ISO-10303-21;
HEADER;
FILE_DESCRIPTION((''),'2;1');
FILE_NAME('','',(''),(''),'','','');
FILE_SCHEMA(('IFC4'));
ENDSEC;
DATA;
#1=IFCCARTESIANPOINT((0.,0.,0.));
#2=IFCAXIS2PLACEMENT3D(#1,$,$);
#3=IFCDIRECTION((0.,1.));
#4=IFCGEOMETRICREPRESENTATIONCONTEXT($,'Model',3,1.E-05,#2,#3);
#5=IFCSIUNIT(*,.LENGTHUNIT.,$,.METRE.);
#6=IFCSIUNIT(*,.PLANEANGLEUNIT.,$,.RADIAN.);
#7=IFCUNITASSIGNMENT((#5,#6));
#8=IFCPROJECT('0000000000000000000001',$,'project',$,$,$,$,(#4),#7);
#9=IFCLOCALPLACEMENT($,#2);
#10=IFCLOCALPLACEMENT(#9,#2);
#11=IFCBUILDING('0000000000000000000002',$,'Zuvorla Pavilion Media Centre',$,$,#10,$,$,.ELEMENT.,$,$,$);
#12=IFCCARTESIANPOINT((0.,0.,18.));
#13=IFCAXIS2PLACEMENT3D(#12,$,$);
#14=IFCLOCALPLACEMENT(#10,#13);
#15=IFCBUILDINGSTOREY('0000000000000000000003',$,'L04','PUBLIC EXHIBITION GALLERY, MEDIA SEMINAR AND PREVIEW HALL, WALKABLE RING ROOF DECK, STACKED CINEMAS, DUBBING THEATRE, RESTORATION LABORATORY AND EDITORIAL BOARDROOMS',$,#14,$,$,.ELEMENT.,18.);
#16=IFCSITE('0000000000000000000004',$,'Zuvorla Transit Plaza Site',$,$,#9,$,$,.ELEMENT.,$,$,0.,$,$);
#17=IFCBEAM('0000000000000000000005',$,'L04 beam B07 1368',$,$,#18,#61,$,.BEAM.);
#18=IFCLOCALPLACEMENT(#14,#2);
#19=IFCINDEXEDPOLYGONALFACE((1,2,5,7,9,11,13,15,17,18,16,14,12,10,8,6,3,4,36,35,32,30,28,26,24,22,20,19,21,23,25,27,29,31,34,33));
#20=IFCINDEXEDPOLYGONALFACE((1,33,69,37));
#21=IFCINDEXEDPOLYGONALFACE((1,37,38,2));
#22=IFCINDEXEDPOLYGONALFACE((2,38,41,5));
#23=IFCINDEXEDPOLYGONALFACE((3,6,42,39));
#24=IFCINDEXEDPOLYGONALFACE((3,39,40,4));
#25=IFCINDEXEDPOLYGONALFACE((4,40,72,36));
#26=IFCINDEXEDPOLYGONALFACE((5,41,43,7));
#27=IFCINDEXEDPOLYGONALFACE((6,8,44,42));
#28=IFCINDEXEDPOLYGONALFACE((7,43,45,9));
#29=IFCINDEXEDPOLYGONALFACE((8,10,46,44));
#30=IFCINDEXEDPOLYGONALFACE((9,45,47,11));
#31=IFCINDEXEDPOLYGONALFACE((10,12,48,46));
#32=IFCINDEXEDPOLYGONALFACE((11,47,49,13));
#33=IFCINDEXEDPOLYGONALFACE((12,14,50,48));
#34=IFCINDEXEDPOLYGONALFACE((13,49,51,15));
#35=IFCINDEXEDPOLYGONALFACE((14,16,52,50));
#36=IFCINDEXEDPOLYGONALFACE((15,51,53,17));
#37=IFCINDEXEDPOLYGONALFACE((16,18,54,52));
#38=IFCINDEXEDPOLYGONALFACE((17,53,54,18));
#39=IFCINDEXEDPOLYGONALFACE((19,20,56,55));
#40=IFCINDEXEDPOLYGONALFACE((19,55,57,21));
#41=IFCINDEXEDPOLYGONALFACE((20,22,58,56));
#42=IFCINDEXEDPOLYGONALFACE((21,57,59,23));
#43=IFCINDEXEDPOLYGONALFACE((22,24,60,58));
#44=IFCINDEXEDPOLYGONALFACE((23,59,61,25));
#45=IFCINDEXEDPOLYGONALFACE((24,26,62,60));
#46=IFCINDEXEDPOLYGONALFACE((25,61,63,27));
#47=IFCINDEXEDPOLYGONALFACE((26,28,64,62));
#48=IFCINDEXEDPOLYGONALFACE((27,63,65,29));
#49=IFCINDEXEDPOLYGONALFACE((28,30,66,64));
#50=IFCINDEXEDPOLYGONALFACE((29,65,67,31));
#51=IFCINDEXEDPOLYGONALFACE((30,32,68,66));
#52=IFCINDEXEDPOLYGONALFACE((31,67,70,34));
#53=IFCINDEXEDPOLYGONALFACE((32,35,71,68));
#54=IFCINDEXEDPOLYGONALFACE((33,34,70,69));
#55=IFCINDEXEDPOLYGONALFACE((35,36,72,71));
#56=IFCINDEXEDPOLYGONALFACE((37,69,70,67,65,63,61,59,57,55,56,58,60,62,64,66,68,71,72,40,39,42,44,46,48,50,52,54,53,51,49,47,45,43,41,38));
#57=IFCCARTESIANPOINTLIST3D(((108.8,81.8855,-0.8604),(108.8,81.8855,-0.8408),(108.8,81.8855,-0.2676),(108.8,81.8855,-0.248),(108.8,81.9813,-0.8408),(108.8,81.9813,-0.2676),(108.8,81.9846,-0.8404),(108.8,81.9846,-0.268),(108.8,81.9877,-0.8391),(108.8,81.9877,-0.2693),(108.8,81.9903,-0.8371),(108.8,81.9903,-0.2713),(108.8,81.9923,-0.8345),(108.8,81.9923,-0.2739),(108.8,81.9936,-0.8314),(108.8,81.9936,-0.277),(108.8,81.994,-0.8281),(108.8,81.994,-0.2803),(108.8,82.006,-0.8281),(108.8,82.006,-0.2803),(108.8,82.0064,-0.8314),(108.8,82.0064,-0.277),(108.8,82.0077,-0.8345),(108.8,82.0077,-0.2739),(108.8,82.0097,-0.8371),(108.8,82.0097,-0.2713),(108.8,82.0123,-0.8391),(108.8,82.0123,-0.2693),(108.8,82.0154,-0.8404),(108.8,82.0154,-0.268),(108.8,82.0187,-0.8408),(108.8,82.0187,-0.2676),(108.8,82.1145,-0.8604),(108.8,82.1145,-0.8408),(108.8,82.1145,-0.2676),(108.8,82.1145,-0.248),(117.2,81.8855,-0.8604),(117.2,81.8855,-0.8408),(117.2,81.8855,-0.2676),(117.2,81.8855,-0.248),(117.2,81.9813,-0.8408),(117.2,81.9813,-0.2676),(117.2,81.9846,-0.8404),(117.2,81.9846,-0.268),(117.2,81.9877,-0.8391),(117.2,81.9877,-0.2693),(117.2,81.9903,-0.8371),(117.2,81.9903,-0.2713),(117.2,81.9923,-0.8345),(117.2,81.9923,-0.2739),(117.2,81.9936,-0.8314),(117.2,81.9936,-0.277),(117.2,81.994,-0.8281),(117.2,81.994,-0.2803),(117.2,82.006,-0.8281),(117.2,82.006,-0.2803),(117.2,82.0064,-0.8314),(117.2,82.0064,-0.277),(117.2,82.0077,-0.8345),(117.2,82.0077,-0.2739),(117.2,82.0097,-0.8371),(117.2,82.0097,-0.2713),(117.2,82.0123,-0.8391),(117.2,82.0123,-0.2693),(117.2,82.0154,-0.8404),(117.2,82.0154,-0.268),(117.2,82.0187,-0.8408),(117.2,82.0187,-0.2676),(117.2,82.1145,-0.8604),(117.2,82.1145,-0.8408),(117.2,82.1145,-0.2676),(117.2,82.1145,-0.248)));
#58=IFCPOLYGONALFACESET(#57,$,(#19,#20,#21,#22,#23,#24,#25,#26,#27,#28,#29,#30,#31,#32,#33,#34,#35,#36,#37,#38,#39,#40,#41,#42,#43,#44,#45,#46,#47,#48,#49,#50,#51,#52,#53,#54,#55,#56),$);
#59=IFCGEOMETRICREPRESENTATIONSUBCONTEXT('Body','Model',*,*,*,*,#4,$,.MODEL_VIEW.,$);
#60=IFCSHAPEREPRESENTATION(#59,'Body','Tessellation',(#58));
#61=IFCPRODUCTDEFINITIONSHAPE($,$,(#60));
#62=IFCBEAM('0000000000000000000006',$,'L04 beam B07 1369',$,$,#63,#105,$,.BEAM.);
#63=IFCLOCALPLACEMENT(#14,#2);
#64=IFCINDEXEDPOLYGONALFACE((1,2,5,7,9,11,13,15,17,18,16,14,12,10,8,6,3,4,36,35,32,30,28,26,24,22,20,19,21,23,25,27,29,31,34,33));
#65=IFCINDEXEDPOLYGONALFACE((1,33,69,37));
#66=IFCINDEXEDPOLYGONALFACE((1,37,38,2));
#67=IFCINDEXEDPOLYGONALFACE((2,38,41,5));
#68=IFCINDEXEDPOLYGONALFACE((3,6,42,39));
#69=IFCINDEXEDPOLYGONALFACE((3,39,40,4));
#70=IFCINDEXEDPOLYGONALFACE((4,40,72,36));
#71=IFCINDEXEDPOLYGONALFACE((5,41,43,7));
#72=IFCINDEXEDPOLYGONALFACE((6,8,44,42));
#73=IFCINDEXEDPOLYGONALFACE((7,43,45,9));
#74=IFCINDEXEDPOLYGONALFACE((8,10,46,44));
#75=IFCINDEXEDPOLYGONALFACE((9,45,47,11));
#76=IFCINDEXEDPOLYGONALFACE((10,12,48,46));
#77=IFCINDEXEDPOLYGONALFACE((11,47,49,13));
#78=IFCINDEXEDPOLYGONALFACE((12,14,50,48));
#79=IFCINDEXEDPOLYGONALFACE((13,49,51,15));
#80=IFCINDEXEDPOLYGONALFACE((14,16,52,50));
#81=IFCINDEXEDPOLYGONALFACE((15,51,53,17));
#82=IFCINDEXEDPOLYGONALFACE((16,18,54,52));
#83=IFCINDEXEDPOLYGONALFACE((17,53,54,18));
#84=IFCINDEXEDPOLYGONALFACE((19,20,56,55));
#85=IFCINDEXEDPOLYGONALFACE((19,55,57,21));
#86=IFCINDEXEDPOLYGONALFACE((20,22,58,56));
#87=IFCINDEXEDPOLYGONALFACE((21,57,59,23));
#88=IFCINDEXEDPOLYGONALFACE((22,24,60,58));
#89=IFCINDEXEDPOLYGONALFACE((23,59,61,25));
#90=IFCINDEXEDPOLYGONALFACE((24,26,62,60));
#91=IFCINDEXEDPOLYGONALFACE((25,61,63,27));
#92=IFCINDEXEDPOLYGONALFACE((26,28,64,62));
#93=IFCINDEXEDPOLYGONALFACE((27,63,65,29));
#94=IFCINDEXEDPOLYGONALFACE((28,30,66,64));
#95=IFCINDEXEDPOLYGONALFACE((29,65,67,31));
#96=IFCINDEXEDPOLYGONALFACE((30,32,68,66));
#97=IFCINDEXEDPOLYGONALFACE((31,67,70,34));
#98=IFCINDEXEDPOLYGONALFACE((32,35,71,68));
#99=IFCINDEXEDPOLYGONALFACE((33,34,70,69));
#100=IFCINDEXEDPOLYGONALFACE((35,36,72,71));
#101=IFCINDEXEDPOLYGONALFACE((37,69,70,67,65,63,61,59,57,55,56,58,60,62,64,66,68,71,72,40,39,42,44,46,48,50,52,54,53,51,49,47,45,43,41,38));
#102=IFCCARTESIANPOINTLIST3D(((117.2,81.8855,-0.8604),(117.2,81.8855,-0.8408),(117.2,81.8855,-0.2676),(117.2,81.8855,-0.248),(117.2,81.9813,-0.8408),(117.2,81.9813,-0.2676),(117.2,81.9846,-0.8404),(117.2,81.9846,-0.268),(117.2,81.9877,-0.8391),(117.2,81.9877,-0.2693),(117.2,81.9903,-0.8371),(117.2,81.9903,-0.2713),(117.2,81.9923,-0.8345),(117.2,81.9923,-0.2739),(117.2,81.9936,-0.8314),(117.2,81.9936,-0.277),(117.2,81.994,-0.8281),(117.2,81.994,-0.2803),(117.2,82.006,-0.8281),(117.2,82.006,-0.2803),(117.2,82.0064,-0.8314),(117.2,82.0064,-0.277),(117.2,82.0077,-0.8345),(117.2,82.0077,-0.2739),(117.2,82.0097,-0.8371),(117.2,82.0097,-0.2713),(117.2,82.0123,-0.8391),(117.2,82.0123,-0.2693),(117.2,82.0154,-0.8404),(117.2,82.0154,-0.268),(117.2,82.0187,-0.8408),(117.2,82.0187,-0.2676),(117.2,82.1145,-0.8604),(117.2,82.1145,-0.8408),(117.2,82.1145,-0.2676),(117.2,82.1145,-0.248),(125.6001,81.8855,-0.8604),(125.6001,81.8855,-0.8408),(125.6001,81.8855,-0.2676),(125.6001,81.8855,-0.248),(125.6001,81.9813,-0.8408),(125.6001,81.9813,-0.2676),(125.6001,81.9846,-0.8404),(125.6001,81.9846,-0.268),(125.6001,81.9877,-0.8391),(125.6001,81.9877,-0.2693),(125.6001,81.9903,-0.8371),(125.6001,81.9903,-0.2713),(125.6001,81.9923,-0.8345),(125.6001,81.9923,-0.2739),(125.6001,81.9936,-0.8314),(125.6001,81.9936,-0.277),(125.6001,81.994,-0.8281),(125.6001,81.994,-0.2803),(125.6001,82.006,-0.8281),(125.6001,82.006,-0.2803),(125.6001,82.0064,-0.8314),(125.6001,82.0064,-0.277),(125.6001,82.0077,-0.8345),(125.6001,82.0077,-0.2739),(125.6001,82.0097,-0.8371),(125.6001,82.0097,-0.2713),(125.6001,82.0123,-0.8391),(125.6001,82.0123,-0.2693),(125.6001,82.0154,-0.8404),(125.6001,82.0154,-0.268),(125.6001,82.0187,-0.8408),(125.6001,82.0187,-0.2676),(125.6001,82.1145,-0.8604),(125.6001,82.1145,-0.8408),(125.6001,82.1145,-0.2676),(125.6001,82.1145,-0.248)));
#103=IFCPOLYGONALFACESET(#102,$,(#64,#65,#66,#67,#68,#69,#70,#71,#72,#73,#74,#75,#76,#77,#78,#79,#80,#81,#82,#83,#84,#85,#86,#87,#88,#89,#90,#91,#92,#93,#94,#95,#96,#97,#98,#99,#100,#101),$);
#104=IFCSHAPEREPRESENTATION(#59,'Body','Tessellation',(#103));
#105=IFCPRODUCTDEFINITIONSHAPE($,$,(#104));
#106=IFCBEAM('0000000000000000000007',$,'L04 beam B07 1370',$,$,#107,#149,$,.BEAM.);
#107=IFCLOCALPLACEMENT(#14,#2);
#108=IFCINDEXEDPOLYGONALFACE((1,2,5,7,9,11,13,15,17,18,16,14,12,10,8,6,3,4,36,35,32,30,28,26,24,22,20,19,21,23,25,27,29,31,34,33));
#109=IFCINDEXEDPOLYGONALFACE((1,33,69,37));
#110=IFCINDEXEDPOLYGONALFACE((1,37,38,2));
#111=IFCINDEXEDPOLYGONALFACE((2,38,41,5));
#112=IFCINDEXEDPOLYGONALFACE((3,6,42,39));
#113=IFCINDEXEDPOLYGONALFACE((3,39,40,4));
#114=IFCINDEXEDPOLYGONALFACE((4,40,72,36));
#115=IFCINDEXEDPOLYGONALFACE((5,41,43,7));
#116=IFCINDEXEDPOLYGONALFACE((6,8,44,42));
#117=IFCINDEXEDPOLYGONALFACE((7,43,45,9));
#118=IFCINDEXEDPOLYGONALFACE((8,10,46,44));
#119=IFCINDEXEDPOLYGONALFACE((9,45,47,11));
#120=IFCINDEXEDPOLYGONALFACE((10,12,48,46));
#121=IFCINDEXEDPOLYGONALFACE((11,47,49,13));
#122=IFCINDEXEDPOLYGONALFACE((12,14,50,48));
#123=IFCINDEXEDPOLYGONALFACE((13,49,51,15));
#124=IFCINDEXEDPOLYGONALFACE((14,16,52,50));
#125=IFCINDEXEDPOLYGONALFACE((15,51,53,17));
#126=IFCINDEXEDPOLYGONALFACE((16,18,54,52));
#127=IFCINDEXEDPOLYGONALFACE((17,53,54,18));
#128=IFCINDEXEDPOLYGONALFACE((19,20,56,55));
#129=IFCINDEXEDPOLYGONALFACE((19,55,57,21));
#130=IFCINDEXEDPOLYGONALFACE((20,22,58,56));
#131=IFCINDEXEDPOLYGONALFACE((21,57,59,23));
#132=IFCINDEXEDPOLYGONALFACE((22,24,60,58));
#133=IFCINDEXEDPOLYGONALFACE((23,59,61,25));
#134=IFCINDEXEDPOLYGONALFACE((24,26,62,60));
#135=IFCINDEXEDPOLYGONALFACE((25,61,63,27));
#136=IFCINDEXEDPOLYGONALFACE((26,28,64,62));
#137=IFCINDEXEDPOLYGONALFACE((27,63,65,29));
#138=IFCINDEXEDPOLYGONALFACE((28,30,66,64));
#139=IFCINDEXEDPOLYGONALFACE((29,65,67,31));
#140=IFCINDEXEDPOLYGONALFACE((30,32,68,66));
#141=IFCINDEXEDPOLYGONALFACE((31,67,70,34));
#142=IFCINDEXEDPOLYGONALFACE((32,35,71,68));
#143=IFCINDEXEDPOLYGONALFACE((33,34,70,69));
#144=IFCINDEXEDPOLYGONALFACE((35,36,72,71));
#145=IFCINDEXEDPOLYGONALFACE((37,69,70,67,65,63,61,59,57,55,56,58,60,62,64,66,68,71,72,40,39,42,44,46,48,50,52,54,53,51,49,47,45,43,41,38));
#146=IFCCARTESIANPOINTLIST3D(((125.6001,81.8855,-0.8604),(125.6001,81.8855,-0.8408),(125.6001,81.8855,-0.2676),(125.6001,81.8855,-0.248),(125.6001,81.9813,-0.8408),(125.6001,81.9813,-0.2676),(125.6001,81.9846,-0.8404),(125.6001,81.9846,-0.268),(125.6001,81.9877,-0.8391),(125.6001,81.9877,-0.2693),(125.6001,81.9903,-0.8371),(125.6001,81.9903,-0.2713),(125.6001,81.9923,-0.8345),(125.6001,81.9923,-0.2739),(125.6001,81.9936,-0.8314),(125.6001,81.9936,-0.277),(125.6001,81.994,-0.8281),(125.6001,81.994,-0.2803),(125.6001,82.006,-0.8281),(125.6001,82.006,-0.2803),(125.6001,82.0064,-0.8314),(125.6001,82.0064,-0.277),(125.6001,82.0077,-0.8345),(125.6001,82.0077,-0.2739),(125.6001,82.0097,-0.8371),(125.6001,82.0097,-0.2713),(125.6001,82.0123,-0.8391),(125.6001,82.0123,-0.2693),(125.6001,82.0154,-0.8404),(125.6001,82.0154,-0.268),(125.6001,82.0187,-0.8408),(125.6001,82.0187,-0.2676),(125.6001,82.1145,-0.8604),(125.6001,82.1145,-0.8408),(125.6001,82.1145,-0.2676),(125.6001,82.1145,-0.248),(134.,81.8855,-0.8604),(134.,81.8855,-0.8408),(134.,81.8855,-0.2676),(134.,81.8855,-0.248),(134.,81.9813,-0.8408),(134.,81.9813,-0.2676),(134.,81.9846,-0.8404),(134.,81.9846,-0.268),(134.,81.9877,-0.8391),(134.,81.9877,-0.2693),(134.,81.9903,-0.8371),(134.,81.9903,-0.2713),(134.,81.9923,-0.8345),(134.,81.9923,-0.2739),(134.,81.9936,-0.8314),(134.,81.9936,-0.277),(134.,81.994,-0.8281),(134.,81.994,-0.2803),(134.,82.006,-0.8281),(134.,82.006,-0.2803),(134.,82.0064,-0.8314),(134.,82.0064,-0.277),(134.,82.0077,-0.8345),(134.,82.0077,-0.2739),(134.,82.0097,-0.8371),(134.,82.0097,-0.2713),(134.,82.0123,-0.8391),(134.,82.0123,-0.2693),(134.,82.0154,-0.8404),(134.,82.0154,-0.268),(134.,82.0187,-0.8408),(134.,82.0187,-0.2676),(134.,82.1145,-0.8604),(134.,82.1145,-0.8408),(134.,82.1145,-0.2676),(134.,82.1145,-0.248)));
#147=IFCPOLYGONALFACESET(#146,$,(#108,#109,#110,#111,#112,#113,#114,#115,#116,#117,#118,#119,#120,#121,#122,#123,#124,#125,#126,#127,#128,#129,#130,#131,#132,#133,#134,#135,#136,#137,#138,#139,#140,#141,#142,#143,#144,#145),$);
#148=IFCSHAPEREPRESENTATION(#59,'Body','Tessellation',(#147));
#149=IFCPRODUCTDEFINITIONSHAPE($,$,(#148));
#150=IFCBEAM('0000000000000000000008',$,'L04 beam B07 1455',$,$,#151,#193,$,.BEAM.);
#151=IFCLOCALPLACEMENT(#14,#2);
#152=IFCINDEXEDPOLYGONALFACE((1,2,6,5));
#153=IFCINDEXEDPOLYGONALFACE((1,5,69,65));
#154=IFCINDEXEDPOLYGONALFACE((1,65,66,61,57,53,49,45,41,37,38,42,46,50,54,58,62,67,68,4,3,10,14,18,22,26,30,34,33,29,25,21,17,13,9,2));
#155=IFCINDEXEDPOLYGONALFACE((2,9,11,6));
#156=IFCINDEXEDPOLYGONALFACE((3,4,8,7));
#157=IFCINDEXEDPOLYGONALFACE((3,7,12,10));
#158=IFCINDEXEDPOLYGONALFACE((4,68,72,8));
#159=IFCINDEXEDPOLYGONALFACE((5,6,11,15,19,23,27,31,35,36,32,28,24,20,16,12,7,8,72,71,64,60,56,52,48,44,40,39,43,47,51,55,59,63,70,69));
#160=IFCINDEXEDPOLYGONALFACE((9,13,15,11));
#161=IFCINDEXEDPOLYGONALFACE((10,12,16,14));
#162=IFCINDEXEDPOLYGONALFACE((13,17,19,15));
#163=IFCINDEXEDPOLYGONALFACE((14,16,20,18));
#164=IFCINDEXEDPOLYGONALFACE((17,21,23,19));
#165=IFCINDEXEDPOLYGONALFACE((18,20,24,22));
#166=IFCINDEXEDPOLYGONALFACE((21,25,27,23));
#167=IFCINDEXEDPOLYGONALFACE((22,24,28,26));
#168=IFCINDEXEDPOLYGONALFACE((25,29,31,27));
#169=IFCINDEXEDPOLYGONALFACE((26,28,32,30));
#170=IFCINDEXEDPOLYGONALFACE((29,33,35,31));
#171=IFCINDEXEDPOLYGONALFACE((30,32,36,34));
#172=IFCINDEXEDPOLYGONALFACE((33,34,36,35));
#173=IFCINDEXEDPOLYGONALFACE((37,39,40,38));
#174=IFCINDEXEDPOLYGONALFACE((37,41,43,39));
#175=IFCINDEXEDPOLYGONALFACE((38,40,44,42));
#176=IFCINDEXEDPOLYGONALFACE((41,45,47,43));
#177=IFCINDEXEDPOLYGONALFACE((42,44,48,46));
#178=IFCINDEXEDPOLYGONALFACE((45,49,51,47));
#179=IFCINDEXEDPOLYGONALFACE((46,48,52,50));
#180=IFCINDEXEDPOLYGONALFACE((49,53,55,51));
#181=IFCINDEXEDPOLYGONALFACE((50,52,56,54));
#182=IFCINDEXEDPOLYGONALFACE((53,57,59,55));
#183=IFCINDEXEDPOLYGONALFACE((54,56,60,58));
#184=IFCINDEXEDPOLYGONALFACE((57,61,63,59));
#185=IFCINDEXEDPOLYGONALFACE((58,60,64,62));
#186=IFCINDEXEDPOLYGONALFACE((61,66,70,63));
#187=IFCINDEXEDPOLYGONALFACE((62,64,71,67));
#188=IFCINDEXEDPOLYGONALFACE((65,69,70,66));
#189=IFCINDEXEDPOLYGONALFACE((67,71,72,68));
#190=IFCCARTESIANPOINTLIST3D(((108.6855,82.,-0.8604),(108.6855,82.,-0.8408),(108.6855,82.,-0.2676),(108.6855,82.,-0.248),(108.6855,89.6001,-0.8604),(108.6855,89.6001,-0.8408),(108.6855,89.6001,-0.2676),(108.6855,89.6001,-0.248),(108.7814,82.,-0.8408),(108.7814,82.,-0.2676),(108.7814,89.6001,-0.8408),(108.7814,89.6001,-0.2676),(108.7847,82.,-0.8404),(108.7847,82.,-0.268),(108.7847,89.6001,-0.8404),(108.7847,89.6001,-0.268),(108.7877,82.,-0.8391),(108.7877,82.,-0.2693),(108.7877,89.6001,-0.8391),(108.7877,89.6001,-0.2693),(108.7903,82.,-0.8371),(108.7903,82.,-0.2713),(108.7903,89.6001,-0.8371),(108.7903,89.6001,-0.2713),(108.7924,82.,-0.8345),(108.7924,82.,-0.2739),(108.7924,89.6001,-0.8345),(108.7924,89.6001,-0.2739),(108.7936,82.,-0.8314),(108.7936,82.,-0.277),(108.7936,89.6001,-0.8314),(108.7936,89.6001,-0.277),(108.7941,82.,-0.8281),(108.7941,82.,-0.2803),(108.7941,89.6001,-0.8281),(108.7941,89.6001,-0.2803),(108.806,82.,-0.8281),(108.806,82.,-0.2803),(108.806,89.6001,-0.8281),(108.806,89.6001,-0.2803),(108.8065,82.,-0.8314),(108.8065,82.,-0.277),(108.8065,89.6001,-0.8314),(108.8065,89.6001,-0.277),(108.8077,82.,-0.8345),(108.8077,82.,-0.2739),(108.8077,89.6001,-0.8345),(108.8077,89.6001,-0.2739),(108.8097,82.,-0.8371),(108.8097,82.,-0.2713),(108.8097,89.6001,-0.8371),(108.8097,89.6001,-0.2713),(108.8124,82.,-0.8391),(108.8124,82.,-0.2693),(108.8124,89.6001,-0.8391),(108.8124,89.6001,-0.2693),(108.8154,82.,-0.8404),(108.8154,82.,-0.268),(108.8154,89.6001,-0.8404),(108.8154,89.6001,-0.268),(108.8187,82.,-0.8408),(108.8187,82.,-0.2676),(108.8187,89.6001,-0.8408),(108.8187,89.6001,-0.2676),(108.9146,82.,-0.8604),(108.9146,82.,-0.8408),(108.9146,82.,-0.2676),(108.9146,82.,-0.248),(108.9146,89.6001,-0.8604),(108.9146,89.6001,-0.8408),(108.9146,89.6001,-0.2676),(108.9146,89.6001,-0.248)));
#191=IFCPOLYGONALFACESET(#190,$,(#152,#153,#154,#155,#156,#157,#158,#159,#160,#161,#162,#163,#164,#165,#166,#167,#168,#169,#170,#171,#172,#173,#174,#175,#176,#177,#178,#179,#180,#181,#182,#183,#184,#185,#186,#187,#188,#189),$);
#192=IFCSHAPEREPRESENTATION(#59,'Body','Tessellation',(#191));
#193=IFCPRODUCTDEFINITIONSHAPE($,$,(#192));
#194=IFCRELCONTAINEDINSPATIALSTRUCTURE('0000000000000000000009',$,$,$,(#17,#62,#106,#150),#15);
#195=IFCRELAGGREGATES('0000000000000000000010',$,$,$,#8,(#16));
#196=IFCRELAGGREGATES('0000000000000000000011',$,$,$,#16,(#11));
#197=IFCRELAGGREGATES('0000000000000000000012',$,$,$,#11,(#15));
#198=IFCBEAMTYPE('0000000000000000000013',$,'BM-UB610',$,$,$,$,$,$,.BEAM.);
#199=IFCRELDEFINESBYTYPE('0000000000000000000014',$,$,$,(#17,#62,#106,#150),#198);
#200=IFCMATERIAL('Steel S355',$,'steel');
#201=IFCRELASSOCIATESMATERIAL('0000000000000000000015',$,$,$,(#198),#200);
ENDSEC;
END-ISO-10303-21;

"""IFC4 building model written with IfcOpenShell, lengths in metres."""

from ifc_helpers import new_model, si_unit, direction, frame, origin, origin_2d, place, context, subcontext, project, spatial, i_section, extrude, material, material_profile, profile_set, type_object, element, save


model = new_model("IFC4")

# Units and contexts
model_context = context("Model", 3, precision=1e-05, world=origin(), true_north=direction((0.0, 1.0)))
body_context = subcontext(model_context, "Body", "Model", "MODEL_VIEW")
ifc_project = project(units=[si_unit("LENGTHUNIT", "METRE"), si_unit("PLANEANGLEUNIT", "RADIAN")], contexts=[model_context])

# Site, building, storey
site_placement = place(None, origin())
site = spatial("IfcSite", under=ifc_project, at=site_placement, Name="Zuvorla Transit Plaza Site", CompositionType="ELEMENT", RefElevation=0.0)
building_placement = place(site_placement, origin())
building = spatial("IfcBuilding", under=site, at=building_placement, Name="Zuvorla Pavilion Media Centre", CompositionType="ELEMENT")
storey_placement = place(building_placement, frame((0.0, 0.0, 18.0)))
storey = spatial("IfcBuildingStorey", under=building, at=storey_placement, Name="L04", Description="PUBLIC EXHIBITION GALLERY, MEDIA SEMINAR AND PREVIEW HALL, WALKABLE RING ROOF DECK, STACKED CINEMAS, DUBBING THEATRE, RESTORATION LABORATORY AND EDITORIAL BOARDROOMS", CompositionType="ELEMENT", Elevation=18.0)

# Beams
ifc_material_1 = material(Name="Steel S355", Category="steel")
ifc_material_profile_1 = material_profile(ifc_material_1, i_section(OverallWidth=0.229, OverallDepth=0.6123, WebThickness=0.012, FlangeThickness=0.0195, FilletRadius=0.0127, at=origin_2d()), Name="UB 610x229x125")
ifc_profile_set_1 = profile_set([ifc_material_profile_1], Name="Steel S355")
beam_type_1 = type_object("IfcBeamType", Name="BM-UB610", PredefinedType="BEAM", material=ifc_profile_set_1)
beam_1_placement = place(storey_placement, frame((108.8, 82.0, -0.5542), z_axis=(1.0, 0.0, 0.0), x_axis=(0.0, 1.0, 0.0)))
element("IfcBeam", 1, at=beam_1_placement, inside=storey, type_object=beam_type_1, Name="L04 beam B07 1368", PredefinedType="BEAM", context=body_context, shape_type="SweptSolid", body=[
    extrude(i_section(OverallWidth=0.229, OverallDepth=0.6123, WebThickness=0.012, FlangeThickness=0.0195, FilletRadius=0.0127, at=origin_2d()), origin(), (0.0, 0.0, 1.0), 8.3999),
])
beam_2_placement = place(storey_placement, frame((117.2, 82.0, -0.5542), z_axis=(1.0, 0.0, 0.0), x_axis=(0.0, 1.0, 0.0)))
element("IfcBeam", 2, at=beam_2_placement, inside=storey, type_object=beam_type_1, Name="L04 beam B07 1369", PredefinedType="BEAM", context=body_context, shape_type="SweptSolid", body=[
    extrude(i_section(OverallWidth=0.229, OverallDepth=0.6123, WebThickness=0.012, FlangeThickness=0.0195, FilletRadius=0.0127, at=origin_2d()), origin(), (0.0, 0.0, 1.0), 8.4001),
])
beam_3_placement = place(storey_placement, frame((125.6001, 82.0, -0.5542), z_axis=(1.0, 0.0, 0.0), x_axis=(0.0, 1.0, 0.0)))
element("IfcBeam", 3, at=beam_3_placement, inside=storey, type_object=beam_type_1, Name="L04 beam B07 1370", PredefinedType="BEAM", context=body_context, shape_type="SweptSolid", body=[
    extrude(i_section(OverallWidth=0.229, OverallDepth=0.6123, WebThickness=0.012, FlangeThickness=0.0195, FilletRadius=0.0127, at=origin_2d()), origin(), (0.0, 0.0, 1.0), 8.3999),
])
for number, where, z_axis, x_axis, name in (
    (4, (108.8, 82.0, -0.5542), (0.0, 1.0, 0.0), (-1.0, 0.0, 0.0), "L04 beam B07 1455"),
):
    element("IfcBeam", number, at=place(storey_placement, frame(where, z_axis=z_axis, x_axis=x_axis)), inside=storey, type_object=beam_type_1, Name=name, PredefinedType="BEAM", context=body_context, shape_type="SweptSolid", body=[
        extrude(i_section(OverallWidth=0.229, OverallDepth=0.6123, WebThickness=0.012, FlangeThickness=0.0195, FilletRadius=0.0127, at=origin_2d()), origin(), (0.0, 0.0, 1.0), 7.6001),
    ])

save(model, "model.ifc")
